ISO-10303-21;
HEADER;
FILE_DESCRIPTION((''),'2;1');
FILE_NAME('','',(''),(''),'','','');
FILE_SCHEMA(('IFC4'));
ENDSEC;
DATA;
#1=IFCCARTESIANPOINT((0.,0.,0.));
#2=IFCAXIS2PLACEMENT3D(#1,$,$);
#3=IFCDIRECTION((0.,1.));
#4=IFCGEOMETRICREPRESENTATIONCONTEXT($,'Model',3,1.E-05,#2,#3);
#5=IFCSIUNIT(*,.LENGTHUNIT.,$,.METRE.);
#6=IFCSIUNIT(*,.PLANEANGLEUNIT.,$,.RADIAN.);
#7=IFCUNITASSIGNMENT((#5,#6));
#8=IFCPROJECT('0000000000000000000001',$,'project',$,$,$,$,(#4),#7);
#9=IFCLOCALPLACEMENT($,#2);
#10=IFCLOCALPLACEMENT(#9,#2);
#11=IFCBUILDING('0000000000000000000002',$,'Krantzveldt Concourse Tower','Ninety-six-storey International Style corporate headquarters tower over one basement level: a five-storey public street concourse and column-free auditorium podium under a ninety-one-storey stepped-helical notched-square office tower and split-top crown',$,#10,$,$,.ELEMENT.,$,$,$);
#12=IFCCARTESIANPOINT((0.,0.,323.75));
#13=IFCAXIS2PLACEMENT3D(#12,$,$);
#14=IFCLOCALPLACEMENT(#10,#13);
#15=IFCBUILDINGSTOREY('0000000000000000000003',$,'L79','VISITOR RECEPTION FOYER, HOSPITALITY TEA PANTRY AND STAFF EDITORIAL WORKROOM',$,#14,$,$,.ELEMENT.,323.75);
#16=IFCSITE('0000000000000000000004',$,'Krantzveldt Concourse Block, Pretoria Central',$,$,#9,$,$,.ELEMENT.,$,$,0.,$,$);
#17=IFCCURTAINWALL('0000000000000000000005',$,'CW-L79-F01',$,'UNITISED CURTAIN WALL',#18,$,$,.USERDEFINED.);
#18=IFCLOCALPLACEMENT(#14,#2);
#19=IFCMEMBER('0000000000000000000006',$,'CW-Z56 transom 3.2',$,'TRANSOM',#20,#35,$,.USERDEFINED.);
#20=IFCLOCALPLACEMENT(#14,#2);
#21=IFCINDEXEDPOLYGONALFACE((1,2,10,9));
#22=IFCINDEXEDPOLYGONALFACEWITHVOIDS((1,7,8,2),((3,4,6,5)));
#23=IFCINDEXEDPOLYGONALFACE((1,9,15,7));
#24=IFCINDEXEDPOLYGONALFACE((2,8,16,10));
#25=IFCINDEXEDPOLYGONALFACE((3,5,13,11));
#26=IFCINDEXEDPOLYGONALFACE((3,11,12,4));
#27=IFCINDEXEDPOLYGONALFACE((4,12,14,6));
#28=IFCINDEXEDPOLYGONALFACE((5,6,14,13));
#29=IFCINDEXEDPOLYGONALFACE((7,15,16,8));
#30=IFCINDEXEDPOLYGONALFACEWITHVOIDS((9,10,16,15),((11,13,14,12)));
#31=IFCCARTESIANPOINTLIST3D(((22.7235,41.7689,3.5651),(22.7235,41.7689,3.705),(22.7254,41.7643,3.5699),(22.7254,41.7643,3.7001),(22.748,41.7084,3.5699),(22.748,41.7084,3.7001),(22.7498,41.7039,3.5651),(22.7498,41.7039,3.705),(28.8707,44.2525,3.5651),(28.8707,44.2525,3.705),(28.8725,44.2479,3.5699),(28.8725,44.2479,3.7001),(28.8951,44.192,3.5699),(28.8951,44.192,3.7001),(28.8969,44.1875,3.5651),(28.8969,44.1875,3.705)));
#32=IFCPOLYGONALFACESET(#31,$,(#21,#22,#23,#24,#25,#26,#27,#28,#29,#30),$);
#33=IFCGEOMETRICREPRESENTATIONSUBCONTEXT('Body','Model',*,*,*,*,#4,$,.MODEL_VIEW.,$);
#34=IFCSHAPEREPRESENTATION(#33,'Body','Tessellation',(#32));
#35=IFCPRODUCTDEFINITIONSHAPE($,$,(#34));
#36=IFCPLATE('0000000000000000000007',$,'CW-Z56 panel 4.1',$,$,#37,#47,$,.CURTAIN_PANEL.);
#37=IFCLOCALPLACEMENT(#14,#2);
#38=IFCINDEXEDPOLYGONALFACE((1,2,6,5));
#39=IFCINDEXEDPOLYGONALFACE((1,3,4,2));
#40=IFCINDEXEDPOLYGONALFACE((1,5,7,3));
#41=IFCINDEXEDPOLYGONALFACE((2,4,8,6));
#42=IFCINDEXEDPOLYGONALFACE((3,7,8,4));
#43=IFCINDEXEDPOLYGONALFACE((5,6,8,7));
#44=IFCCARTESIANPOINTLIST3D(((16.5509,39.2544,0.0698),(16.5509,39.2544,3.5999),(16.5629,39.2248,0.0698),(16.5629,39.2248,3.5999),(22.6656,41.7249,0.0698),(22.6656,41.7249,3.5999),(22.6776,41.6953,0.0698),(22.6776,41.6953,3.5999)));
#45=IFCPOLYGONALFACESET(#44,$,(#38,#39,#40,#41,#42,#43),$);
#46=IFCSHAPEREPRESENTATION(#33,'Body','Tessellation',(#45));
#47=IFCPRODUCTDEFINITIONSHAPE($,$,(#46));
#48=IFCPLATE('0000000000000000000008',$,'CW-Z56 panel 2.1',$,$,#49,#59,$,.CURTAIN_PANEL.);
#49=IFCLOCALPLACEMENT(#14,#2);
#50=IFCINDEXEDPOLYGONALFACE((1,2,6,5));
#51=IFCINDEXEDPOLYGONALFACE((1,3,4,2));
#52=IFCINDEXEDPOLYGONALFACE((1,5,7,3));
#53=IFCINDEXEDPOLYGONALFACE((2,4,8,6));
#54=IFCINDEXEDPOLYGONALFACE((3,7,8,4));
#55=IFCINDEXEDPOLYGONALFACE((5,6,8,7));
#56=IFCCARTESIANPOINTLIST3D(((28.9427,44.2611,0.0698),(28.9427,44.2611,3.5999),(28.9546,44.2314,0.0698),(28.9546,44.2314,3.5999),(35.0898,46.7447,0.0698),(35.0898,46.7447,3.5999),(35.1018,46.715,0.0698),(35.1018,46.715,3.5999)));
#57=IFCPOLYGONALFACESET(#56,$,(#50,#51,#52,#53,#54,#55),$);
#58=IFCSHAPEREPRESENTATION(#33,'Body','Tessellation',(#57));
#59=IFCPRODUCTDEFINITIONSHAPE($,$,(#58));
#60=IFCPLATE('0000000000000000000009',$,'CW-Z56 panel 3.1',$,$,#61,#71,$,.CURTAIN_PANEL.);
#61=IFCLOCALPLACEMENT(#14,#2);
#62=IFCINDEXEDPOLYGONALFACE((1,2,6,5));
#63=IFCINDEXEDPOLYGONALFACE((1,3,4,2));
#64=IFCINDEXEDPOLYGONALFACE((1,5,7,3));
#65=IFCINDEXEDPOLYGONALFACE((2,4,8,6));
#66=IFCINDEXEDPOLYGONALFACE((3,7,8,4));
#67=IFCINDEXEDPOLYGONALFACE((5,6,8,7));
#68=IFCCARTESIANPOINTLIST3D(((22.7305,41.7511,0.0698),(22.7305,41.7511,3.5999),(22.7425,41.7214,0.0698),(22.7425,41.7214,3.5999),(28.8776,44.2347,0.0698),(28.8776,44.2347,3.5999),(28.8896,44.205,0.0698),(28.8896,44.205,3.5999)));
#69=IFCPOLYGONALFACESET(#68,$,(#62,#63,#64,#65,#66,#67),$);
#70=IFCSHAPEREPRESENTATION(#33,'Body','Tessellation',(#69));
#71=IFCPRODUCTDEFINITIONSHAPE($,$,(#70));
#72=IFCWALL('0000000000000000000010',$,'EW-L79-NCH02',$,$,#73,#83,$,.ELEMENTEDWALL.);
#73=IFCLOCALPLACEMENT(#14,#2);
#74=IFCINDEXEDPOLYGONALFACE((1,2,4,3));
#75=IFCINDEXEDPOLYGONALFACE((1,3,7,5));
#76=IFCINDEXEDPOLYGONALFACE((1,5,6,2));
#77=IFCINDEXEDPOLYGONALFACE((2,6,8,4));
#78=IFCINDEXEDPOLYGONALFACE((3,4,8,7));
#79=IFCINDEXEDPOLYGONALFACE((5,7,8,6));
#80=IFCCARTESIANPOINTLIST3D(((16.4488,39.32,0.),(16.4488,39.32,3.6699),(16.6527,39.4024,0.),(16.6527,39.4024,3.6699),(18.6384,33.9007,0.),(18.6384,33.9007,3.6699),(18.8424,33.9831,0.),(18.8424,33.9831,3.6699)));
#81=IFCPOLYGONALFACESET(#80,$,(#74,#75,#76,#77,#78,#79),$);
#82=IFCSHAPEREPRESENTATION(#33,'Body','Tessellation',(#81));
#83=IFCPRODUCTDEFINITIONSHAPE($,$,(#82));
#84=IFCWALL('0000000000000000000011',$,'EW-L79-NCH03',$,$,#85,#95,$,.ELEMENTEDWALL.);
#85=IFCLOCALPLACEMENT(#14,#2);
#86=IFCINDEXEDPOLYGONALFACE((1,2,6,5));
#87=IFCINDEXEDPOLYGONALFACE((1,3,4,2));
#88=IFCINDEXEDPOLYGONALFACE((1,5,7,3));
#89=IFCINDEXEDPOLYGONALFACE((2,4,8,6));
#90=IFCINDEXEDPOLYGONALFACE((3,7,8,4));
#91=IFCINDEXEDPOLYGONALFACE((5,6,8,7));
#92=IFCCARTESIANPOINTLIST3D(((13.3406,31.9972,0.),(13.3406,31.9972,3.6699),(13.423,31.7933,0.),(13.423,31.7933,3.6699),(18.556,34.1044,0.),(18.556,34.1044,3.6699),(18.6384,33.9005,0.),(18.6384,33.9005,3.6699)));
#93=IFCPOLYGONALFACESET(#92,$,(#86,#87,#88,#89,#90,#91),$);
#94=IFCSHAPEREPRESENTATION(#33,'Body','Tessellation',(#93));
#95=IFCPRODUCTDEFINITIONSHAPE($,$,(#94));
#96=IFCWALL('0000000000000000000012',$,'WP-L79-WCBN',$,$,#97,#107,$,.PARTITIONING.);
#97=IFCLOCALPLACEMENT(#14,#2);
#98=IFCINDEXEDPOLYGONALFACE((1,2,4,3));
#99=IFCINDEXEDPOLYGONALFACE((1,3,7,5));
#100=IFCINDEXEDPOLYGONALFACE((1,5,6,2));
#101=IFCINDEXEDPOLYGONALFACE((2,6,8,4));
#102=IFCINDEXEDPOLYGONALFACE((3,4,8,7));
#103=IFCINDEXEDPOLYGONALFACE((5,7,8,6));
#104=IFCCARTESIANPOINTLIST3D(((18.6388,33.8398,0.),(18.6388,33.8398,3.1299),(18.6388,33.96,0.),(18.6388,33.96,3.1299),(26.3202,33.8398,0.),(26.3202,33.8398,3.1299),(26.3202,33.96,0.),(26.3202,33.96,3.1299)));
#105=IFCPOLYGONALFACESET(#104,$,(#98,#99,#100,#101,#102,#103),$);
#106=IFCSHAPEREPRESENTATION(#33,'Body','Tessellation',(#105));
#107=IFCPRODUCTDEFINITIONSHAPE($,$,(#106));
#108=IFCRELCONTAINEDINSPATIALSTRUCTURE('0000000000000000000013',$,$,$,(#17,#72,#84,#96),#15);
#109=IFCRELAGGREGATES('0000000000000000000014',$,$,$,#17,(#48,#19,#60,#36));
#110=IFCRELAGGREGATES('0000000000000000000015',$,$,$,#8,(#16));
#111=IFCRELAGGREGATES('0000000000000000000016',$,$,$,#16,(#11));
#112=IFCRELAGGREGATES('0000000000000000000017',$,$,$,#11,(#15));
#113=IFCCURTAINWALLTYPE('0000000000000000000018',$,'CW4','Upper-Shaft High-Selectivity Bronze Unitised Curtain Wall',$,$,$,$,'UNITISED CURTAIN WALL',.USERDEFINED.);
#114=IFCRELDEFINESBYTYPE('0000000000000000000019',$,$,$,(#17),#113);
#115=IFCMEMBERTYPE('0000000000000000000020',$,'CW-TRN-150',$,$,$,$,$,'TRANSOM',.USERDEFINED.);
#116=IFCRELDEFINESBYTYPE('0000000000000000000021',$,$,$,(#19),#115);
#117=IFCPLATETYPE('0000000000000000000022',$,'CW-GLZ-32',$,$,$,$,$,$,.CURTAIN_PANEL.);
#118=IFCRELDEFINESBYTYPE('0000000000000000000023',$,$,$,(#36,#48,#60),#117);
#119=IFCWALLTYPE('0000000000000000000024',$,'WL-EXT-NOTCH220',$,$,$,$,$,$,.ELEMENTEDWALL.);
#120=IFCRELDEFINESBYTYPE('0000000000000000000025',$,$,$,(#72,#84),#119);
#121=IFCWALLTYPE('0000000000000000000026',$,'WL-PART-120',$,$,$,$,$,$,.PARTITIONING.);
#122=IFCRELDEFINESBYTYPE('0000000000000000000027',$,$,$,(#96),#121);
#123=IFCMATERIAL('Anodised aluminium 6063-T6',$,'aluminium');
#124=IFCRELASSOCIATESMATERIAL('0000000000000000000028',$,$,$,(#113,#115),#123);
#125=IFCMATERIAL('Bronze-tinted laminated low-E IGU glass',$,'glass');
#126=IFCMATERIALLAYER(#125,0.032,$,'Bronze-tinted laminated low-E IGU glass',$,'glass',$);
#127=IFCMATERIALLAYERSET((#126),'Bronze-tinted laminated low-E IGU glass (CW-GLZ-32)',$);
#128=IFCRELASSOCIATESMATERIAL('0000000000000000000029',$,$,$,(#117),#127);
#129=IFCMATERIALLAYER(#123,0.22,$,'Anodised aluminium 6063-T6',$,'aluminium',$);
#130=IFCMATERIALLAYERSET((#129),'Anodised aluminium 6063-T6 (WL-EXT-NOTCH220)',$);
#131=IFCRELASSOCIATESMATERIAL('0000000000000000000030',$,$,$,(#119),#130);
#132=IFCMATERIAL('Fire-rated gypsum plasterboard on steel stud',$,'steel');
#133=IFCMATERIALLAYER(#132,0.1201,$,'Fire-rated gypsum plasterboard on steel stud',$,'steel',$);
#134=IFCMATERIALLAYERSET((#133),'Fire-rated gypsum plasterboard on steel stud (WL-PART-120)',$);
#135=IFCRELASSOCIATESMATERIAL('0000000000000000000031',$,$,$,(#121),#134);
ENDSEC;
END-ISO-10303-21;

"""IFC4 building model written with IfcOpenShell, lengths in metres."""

from ifc_helpers import new_model, si_unit, direction, frame, frame_2d, origin, origin_2d, place, context, subcontext, project, spatial, rectangle, hollow_rectangle, extrude, source, transform, mapped, material, layer, layer_set, material_profile, profile_set, type_object, type_shapes, element, aggregate, save


model = new_model("IFC4")

# Units and contexts
model_context = context("Model", 3, precision=1e-05, world=origin(), true_north=direction((0.0, 1.0)))
body_context = subcontext(model_context, "Body", "Model", "MODEL_VIEW")
ifc_project = project(units=[si_unit("LENGTHUNIT", "METRE"), si_unit("PLANEANGLEUNIT", "RADIAN")], contexts=[model_context])

# Site, building, storey
site_placement = place(None, origin())
site = spatial("IfcSite", under=ifc_project, at=site_placement, Name="Krantzveldt Concourse Block, Pretoria Central", CompositionType="ELEMENT", RefElevation=0.0)
building_placement = place(site_placement, origin())
building = spatial("IfcBuilding", under=site, at=building_placement, Name="Krantzveldt Concourse Tower", Description="Ninety-six-storey International Style corporate headquarters tower over one basement level: a five-storey public street concourse and column-free auditorium podium under a ninety-one-storey stepped-helical notched-square office tower and split-top crown", CompositionType="ELEMENT")
storey_placement = place(building_placement, frame((0.0, 0.0, 323.75)))
storey = spatial("IfcBuildingStorey", under=building, at=storey_placement, Name="L79", Description="VISITOR RECEPTION FOYER, HOSPITALITY TEA PANTRY AND STAFF EDITORIAL WORKROOM", CompositionType="ELEMENT", Elevation=323.75)

# Curtain wall
ifc_material_1 = material(Name="Anodised aluminium 6063-T6", Category="aluminium")
curtain_wall_type = type_object("IfcCurtainWallType", Name="CW4", Description="Upper-Shaft High-Selectivity Bronze Unitised Curtain Wall", ElementType="UNITISED CURTAIN WALL", PredefinedType="USERDEFINED", material=ifc_material_1)
curtain_wall_1_placement = place(storey_placement, origin())
curtain_wall_1 = element("IfcCurtainWall", 1, at=curtain_wall_1_placement, inside=storey, type_object=curtain_wall_type, Name="CW-L79-F01", ObjectType="UNITISED CURTAIN WALL", PredefinedType="USERDEFINED")

# Member
ifc_material_profile_1 = material_profile(ifc_material_1, hollow_rectangle(XDim=0.0701, YDim=0.1399, WallThickness=0.0049, at=origin_2d()), Name="Anodised aluminium 6063-T6", Category="aluminium")
ifc_profile_set_1 = profile_set([ifc_material_profile_1], Name="Anodised aluminium 6063-T6 - ALU-TRAN 140x70x5")
member_type_1 = type_object("IfcMemberType", Name="CW-TRN-150", ElementType="TRANSOM", PredefinedType="USERDEFINED", material=ifc_profile_set_1)
shared_shape_1 = source(origin(), body_context, "Body", "SweptSolid", [
    extrude(hollow_rectangle(XDim=0.0701, YDim=0.1399, WallThickness=0.0049, at=origin_2d()), origin(), (0.0, 0.0, 1.0), 6.6299),
])
member_1_placement = place(storey_placement, frame((28.8838, 44.22, 3.635), z_axis=(-0.927184, -0.374607, 0.0), x_axis=(0.374607, -0.927184, 0.0)))
member_1 = element("IfcMember", 2, at=member_1_placement, type_object=member_type_1, Name="CW-Z56 transom 3.2", ObjectType="TRANSOM", PredefinedType="USERDEFINED", context=body_context, shape_type="MappedRepresentation", body=[
    mapped(shared_shape_1, transform((0.0, 0.0, 0.0), x_axis=(1.0, 0.0, 0.0), y_axis=(0.0, 1.0, 0.0), z_axis=(0.0, 0.0, 1.0), scale=1.0)),
])

# Plates
ifc_material_2 = material(Name="Bronze-tinted laminated low-E IGU glass", Category="glass")
ifc_layer_1 = layer(ifc_material_2, 0.032, Name="Bronze-tinted laminated low-E IGU glass", Category="glass")
ifc_layer_set_1 = layer_set([ifc_layer_1], Name="Bronze-tinted laminated low-E IGU glass (CW-GLZ-32)")
plate_type = type_object("IfcPlateType", Name="CW-GLZ-32", PredefinedType="CURTAIN_PANEL", material=ifc_layer_set_1)
shared_shape_2 = source(origin(), body_context, "Body", "SweptSolid", [
    extrude(rectangle(XDim=6.595, YDim=0.032, at=origin_2d()), origin(), (0.0, 0.0, 1.0), 3.53),
])
plate_1_placement = place(storey_placement, frame((19.6143, 40.4749, 0.0698), z_axis=(0.0, 0.0, 1.0), x_axis=(-0.927184, -0.374607, 0.0)))
plate_1 = element("IfcPlate", 3, at=plate_1_placement, type_object=plate_type, Name="CW-Z56 panel 4.1", PredefinedType="CURTAIN_PANEL", context=body_context, shape_type="MappedRepresentation", body=[
    mapped(shared_shape_2, transform((0.0, 0.0, 0.0), x_axis=(1.0, 0.0, 0.0), y_axis=(0.0, 1.0, 0.0), z_axis=(0.0, 0.0, 1.0), scale=1.0)),
])
shared_shape_3 = source(origin(), body_context, "Body", "SweptSolid", [
    extrude(rectangle(XDim=6.6299, YDim=0.032, at=origin_2d()), origin(), (0.0, 0.0, 1.0), 3.53),
])
type_shapes(plate_type, [shared_shape_2, shared_shape_3])
plate_2_placement = place(storey_placement, frame((32.0222, 45.488, 0.0698), z_axis=(0.0, 0.0, 1.0), x_axis=(-0.927184, -0.374607, 0.0)))
plate_2 = element("IfcPlate", 4, at=plate_2_placement, type_object=plate_type, Name="CW-Z56 panel 2.1", PredefinedType="CURTAIN_PANEL", context=body_context, shape_type="MappedRepresentation", body=[
    mapped(shared_shape_3, transform((0.0, 0.0, 0.0), x_axis=(1.0, 0.0, 0.0), y_axis=(0.0, 1.0, 0.0), z_axis=(0.0, 0.0, 1.0), scale=1.0)),
])
plate_3_placement = place(storey_placement, frame((25.8101, 42.978, 0.0698), z_axis=(0.0, 0.0, 1.0), x_axis=(-0.927184, -0.374607, 0.0)))
plate_3 = element("IfcPlate", 5, at=plate_3_placement, type_object=plate_type, Name="CW-Z56 panel 3.1", PredefinedType="CURTAIN_PANEL", context=body_context, shape_type="MappedRepresentation", body=[
    mapped(shared_shape_3, transform((0.0, 0.0, 0.0), x_axis=(1.0, 0.0, 0.0), y_axis=(0.0, 1.0, 0.0), z_axis=(0.0, 0.0, 1.0), scale=1.0)),
])
aggregate(curtain_wall_1, [plate_2, member_1, plate_3, plate_1])

# Walls
ifc_layer_2 = layer(ifc_material_1, 0.22, Name="Anodised aluminium 6063-T6", Category="aluminium")
ifc_layer_set_2 = layer_set([ifc_layer_2], Name="Anodised aluminium 6063-T6 (WL-EXT-NOTCH220)")
wall_type_1 = type_object("IfcWallType", Name="WL-EXT-NOTCH220", PredefinedType="ELEMENTEDWALL", material=ifc_layer_set_2)
wall_1_placement = place(storey_placement, frame((16.5508, 39.3611, 0.0), z_axis=(0.0, 0.0, 1.0), x_axis=(0.374622, -0.927178, 0.0)))
element("IfcWall", 6, at=wall_1_placement, inside=storey, type_object=wall_type_1, Name="EW-L79-NCH02", PredefinedType="ELEMENTEDWALL", context=body_context, shape_type="SweptSolid", body=[
    extrude(rectangle(XDim=5.845, YDim=0.22, at=frame_2d((2.9224, 0.0))), origin(), (0.0, 0.0, 1.0), 3.6699),
])
wall_2_placement = place(storey_placement, frame((18.5972, 34.0024, 0.0), z_axis=(0.0, 0.0, 1.0), x_axis=(-0.927181, -0.374614, 0.0)))
element("IfcWall", 7, at=wall_2_placement, inside=storey, type_object=wall_type_1, Name="EW-L79-NCH03", PredefinedType="ELEMENTEDWALL", context=body_context, shape_type="SweptSolid", body=[
    extrude(rectangle(XDim=5.625, YDim=0.22, at=frame_2d((2.8125, 0.0))), origin(), (0.0, 0.0, 1.0), 3.6699),
])
ifc_material_3 = material(Name="Fire-rated gypsum plasterboard on steel stud", Category="steel")
ifc_layer_3 = layer(ifc_material_3, 0.1201, Name="Fire-rated gypsum plasterboard on steel stud", Category="steel")
ifc_layer_set_3 = layer_set([ifc_layer_3], Name="Fire-rated gypsum plasterboard on steel stud (WL-PART-120)")
wall_type_2 = type_object("IfcWallType", Name="WL-PART-120", PredefinedType="PARTITIONING", material=ifc_layer_set_3)
wall_3_placement = place(storey_placement, frame((18.6387, 33.8999, 0.0), z_axis=(0.0, 0.0, 1.0), x_axis=(1.0, 0.0, 0.0)))
element("IfcWall", 8, at=wall_3_placement, inside=storey, type_object=wall_type_2, Name="WP-L79-WCBN", PredefinedType="PARTITIONING", context=body_context, shape_type="SweptSolid", body=[
    extrude(rectangle(XDim=7.6814, YDim=0.1201, at=frame_2d((3.8408, 0.0))), origin(), (0.0, 0.0, 1.0), 3.1299),
])

save(model, "model.ifc")
